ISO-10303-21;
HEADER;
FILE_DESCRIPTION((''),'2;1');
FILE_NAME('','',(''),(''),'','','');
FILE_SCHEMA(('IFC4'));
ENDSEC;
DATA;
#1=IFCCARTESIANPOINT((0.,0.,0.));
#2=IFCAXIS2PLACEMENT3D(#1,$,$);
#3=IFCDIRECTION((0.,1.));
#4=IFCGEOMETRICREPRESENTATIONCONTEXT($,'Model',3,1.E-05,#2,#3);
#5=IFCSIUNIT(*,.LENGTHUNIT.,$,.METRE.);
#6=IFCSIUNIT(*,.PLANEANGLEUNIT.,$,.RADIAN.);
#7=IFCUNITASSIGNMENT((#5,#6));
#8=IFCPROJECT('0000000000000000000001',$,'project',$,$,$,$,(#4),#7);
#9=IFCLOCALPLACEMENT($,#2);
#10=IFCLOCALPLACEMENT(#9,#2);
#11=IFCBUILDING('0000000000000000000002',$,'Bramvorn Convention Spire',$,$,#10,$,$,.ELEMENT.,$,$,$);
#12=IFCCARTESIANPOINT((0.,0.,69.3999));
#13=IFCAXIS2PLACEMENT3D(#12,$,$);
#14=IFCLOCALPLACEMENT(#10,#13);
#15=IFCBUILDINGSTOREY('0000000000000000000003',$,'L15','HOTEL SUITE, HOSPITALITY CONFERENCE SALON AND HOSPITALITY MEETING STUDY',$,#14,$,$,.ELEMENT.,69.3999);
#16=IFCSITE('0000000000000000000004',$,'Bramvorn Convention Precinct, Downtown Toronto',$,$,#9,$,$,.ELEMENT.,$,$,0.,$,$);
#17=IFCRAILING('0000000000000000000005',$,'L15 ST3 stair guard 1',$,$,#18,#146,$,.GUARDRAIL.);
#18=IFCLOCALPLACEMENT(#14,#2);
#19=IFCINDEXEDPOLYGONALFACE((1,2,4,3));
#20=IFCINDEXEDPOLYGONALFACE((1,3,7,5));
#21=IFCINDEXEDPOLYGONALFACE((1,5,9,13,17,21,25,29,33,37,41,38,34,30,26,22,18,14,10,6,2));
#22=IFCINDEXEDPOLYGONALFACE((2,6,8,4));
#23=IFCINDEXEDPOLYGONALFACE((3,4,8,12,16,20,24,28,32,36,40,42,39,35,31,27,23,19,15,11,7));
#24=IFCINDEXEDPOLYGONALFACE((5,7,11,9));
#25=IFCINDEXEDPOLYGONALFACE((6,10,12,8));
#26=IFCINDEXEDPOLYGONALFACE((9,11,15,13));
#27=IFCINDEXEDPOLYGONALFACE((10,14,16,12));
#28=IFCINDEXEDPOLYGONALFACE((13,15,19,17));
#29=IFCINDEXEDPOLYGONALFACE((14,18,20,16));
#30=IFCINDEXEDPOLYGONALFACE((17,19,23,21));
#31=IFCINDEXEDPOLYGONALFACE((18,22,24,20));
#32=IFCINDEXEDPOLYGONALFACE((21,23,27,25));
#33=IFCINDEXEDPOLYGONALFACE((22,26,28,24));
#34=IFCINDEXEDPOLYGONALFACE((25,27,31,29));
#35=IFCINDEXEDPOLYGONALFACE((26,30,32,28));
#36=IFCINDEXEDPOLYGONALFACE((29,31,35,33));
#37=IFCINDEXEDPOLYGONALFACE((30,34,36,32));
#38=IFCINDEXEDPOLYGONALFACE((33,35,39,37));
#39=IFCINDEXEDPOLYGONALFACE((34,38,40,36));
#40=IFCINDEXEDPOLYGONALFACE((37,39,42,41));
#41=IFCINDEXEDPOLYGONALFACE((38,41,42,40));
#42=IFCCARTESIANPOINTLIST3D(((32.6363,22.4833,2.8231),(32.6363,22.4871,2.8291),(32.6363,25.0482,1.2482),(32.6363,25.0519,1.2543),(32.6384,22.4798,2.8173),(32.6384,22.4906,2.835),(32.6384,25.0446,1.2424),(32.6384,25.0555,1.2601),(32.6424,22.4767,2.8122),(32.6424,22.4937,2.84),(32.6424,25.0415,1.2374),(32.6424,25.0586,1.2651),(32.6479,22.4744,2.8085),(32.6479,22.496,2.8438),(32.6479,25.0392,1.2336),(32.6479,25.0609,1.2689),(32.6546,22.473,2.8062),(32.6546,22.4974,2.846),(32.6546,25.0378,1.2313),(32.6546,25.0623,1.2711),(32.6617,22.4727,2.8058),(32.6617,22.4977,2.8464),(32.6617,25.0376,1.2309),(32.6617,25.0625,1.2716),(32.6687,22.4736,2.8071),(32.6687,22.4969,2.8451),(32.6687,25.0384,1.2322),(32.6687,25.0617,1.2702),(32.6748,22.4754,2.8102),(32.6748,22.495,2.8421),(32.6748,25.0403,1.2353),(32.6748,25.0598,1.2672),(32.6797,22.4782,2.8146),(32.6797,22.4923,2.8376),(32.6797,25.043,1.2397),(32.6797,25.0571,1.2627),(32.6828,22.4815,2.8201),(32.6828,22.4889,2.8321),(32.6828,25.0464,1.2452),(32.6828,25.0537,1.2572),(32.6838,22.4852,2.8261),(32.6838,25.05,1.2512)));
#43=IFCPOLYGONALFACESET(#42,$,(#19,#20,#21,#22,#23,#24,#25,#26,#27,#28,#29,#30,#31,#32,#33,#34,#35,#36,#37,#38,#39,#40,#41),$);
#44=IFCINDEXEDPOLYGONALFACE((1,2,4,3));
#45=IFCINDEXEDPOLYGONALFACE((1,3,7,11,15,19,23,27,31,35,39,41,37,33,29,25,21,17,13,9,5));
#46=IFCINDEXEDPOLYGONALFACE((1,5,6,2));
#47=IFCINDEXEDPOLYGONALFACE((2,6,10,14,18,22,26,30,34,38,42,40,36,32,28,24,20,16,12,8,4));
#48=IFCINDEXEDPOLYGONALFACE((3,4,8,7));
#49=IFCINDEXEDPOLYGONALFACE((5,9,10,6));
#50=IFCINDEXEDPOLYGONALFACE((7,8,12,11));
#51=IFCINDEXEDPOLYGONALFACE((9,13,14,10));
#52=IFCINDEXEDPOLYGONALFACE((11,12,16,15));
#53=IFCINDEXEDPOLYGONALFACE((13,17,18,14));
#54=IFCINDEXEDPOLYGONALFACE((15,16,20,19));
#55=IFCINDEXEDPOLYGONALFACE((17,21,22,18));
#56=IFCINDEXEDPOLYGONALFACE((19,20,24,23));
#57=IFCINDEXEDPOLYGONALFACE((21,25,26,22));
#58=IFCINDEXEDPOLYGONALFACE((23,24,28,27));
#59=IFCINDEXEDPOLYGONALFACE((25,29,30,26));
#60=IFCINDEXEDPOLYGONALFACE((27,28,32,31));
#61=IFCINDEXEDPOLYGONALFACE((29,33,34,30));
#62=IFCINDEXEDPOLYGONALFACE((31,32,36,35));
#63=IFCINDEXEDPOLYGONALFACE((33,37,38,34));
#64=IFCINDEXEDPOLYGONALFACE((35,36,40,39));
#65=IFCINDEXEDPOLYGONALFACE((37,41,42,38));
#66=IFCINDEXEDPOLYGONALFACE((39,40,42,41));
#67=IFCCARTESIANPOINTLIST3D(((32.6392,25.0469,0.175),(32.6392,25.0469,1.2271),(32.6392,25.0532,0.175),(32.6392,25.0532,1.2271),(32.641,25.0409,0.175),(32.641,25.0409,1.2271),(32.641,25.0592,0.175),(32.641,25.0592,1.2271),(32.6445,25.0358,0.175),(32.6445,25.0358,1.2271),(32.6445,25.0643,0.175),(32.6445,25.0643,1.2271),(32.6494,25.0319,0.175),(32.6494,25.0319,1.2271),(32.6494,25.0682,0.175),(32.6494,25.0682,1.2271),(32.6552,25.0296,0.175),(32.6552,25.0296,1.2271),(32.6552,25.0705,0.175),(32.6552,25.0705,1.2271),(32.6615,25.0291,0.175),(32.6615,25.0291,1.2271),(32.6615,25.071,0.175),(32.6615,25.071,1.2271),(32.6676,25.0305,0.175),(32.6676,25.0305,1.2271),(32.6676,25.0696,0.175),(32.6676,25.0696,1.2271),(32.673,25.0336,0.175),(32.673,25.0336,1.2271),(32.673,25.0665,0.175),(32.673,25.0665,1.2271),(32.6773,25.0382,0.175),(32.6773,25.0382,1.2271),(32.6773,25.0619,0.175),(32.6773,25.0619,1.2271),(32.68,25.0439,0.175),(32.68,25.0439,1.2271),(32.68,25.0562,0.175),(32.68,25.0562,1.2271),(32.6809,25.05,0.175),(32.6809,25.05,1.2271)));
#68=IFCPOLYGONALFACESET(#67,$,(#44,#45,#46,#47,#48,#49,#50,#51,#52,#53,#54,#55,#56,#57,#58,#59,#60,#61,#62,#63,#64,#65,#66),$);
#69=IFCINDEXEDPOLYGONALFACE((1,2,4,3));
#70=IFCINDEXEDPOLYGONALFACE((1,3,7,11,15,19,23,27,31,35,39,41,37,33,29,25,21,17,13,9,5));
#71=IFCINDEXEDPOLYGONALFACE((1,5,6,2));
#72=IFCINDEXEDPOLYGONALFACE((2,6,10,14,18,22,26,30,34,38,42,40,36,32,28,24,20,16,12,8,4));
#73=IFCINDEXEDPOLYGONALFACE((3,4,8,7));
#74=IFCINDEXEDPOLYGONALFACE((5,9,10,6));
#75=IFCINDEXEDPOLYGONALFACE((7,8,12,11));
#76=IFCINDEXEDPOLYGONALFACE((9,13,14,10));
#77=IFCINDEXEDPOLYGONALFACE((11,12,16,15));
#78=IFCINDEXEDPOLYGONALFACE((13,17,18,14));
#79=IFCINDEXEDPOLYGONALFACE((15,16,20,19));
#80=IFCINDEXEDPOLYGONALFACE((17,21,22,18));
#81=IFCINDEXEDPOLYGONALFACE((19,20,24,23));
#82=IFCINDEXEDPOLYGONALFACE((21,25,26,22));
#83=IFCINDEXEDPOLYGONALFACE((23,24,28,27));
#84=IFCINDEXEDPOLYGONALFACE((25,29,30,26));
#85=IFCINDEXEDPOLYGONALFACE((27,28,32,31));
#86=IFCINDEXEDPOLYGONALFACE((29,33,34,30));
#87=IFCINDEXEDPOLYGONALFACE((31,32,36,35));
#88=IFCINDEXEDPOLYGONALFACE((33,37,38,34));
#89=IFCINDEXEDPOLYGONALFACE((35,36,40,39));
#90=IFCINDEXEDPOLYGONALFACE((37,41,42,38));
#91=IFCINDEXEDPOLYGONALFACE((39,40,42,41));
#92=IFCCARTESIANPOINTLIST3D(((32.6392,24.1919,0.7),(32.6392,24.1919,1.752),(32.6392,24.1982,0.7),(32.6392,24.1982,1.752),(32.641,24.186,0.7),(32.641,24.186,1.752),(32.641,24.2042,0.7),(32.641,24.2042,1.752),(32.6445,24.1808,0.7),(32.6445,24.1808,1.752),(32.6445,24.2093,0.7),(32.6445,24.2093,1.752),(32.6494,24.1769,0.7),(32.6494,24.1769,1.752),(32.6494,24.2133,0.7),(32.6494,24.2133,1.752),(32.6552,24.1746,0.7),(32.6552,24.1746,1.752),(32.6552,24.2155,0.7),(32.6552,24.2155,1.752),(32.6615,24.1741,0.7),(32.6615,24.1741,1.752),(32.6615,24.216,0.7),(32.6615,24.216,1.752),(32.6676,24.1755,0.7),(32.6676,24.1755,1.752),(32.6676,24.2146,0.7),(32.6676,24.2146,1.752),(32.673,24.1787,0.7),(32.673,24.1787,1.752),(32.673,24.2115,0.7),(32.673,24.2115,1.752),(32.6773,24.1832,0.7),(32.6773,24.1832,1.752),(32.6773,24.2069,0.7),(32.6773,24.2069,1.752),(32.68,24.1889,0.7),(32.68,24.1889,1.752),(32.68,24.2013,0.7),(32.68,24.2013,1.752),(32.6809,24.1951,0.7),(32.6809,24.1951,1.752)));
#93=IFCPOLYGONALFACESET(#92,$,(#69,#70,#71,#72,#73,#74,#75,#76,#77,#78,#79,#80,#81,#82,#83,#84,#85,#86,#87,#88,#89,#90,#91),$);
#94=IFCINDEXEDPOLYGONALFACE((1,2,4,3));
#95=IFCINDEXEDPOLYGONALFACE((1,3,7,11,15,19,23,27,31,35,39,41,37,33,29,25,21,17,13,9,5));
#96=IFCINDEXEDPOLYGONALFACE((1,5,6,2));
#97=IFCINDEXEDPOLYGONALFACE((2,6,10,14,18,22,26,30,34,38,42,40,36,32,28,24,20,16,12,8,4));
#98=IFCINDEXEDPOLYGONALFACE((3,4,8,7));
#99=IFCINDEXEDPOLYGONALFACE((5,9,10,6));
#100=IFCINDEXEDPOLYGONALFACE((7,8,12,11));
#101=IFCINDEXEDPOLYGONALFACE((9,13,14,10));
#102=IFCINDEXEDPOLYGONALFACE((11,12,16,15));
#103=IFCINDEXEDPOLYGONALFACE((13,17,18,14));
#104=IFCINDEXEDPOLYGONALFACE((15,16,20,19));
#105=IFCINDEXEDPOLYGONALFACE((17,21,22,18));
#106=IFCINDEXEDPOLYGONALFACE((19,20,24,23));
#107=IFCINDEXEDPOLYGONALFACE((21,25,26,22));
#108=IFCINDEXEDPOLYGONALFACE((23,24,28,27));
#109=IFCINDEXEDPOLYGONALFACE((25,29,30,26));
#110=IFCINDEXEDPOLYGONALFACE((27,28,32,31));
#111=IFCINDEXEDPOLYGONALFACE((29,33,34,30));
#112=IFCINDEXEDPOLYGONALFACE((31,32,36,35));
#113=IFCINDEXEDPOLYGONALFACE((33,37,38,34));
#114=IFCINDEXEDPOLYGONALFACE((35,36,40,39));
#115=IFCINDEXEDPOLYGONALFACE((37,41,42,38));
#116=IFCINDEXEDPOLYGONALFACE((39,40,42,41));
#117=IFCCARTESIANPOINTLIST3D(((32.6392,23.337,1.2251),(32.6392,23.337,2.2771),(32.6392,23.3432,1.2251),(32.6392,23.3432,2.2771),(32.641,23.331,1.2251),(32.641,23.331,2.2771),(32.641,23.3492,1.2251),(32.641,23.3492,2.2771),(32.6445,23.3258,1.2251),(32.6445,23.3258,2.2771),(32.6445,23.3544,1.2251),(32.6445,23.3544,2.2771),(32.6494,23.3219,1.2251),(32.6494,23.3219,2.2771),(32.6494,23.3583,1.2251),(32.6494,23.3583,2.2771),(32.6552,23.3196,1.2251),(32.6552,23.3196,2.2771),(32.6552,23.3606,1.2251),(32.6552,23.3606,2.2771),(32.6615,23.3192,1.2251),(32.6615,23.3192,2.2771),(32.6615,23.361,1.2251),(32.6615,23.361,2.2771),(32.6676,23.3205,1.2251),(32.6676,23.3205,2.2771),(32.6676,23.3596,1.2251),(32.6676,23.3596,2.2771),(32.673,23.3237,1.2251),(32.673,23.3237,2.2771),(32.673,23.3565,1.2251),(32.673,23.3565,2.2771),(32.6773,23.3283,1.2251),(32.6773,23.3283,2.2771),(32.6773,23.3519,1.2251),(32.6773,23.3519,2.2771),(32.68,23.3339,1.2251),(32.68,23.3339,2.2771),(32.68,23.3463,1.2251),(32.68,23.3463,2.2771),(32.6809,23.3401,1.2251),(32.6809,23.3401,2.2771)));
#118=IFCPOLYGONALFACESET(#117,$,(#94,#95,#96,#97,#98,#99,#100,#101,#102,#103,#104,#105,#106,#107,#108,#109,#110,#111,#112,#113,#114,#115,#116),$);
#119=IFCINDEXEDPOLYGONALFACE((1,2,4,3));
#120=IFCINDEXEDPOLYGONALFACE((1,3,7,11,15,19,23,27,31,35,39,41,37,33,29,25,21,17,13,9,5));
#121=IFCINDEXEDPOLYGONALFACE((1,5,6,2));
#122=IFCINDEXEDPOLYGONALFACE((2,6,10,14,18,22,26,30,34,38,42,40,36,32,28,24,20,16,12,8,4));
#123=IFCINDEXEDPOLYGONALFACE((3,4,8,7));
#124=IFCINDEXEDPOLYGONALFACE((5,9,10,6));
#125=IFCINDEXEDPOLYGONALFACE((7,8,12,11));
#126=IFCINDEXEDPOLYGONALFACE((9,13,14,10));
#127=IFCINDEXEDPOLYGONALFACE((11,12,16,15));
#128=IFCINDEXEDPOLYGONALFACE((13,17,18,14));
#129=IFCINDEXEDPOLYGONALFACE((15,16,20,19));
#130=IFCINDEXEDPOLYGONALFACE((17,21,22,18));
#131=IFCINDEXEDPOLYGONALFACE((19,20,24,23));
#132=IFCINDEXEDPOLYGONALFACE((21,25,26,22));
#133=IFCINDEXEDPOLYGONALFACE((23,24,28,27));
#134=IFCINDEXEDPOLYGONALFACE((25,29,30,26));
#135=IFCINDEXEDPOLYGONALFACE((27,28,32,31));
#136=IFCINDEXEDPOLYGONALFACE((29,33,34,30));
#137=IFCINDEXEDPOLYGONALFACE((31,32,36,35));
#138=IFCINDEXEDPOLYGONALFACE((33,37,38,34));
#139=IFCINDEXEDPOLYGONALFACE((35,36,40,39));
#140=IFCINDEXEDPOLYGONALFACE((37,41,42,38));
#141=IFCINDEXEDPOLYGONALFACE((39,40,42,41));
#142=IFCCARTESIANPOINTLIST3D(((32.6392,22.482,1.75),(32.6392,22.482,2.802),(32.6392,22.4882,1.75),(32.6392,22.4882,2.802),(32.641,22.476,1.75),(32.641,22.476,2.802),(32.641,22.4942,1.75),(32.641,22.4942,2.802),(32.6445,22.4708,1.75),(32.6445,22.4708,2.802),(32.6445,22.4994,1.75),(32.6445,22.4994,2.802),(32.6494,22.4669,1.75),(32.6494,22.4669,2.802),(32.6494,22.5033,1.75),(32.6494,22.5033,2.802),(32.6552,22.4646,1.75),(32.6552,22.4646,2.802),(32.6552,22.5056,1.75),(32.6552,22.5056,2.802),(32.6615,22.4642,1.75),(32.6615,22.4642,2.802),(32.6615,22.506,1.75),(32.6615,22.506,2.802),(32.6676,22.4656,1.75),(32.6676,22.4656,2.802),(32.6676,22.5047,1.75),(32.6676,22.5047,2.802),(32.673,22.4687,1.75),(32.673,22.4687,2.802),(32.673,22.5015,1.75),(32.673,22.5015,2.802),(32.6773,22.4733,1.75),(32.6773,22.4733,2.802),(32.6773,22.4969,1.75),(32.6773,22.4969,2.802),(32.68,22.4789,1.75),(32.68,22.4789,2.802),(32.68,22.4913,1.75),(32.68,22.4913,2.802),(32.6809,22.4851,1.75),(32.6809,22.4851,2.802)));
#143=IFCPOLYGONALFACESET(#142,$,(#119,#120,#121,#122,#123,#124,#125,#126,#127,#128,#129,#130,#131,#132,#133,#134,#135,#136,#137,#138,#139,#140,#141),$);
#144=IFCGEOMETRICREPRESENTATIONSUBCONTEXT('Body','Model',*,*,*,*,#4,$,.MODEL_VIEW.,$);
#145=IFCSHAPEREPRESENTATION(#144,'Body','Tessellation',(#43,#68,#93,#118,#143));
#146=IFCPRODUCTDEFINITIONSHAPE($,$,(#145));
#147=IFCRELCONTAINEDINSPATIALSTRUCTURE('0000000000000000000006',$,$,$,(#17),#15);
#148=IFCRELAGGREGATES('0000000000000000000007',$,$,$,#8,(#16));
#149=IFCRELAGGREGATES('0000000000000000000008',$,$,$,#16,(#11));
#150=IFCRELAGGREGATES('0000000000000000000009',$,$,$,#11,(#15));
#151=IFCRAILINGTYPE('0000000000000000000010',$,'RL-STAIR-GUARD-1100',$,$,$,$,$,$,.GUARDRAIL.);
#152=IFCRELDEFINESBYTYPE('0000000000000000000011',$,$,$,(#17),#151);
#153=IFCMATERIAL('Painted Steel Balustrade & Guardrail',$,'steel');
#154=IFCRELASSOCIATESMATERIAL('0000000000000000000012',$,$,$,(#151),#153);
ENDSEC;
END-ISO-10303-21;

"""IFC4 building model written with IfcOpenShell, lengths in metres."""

from ifc_helpers import new_model, si_unit, direction, frame, origin, origin_2d, place, context, subcontext, project, spatial, circle, extrude, material, type_object, element, save


model = new_model("IFC4")

# Units and contexts
model_context = context("Model", 3, precision=1e-05, world=origin(), true_north=direction((0.0, 1.0)))
body_context = subcontext(model_context, "Body", "Model", "MODEL_VIEW")
ifc_project = project(units=[si_unit("LENGTHUNIT", "METRE"), si_unit("PLANEANGLEUNIT", "RADIAN")], contexts=[model_context])

# Site, building, storey
site_placement = place(None, origin())
site = spatial("IfcSite", under=ifc_project, at=site_placement, Name="Bramvorn Convention Precinct, Downtown Toronto", CompositionType="ELEMENT", RefElevation=0.0)
building_placement = place(site_placement, origin())
building = spatial("IfcBuilding", under=site, at=building_placement, Name="Bramvorn Convention Spire", CompositionType="ELEMENT")
storey_placement = place(building_placement, frame((0.0, 0.0, 69.3999)))
storey = spatial("IfcBuildingStorey", under=building, at=storey_placement, Name="L15", Description="HOTEL SUITE, HOSPITALITY CONFERENCE SALON AND HOSPITALITY MEETING STUDY", CompositionType="ELEMENT", Elevation=69.3999)

# Railing
ifc_material_1 = material(Name="Painted Steel Balustrade & Guardrail", Category="steel")
railing_type_1 = type_object("IfcRailingType", Name="RL-STAIR-GUARD-1100", PredefinedType="GUARDRAIL", material=ifc_material_1)
railing_1_placement = place(storey_placement, frame((32.6599, 25.05, 0.175)))
element("IfcRailing", 1, at=railing_1_placement, inside=storey, type_object=railing_type_1, Name="L15 ST3 stair guard 1", PredefinedType="GUARDRAIL", context=body_context, shape_type="SweptSolid", body=[
    extrude(circle(Radius=0.0239, at=origin_2d()), frame((0.0, 0.0, 1.0762), z_axis=(0.0, -0.852173, 0.52326), x_axis=(1.0, 0.0, 0.0)), (0.0, 0.0, 1.0), 3.0098),
    extrude(circle(Radius=0.021, at=origin_2d()), origin(), (0.0, 0.0, 1.0), 1.052),
    extrude(circle(Radius=0.021, at=origin_2d()), frame((0.0, -0.855, 0.5249)), (0.0, 0.0, 1.0), 1.052),
    extrude(circle(Radius=0.021, at=origin_2d()), frame((0.0, -1.71, 1.05)), (0.0, 0.0, 1.0), 1.052),
    extrude(circle(Radius=0.021, at=origin_2d()), frame((0.0, -2.5649, 1.575)), (0.0, 0.0, 1.0), 1.052),
])

save(model, "model.ifc")
